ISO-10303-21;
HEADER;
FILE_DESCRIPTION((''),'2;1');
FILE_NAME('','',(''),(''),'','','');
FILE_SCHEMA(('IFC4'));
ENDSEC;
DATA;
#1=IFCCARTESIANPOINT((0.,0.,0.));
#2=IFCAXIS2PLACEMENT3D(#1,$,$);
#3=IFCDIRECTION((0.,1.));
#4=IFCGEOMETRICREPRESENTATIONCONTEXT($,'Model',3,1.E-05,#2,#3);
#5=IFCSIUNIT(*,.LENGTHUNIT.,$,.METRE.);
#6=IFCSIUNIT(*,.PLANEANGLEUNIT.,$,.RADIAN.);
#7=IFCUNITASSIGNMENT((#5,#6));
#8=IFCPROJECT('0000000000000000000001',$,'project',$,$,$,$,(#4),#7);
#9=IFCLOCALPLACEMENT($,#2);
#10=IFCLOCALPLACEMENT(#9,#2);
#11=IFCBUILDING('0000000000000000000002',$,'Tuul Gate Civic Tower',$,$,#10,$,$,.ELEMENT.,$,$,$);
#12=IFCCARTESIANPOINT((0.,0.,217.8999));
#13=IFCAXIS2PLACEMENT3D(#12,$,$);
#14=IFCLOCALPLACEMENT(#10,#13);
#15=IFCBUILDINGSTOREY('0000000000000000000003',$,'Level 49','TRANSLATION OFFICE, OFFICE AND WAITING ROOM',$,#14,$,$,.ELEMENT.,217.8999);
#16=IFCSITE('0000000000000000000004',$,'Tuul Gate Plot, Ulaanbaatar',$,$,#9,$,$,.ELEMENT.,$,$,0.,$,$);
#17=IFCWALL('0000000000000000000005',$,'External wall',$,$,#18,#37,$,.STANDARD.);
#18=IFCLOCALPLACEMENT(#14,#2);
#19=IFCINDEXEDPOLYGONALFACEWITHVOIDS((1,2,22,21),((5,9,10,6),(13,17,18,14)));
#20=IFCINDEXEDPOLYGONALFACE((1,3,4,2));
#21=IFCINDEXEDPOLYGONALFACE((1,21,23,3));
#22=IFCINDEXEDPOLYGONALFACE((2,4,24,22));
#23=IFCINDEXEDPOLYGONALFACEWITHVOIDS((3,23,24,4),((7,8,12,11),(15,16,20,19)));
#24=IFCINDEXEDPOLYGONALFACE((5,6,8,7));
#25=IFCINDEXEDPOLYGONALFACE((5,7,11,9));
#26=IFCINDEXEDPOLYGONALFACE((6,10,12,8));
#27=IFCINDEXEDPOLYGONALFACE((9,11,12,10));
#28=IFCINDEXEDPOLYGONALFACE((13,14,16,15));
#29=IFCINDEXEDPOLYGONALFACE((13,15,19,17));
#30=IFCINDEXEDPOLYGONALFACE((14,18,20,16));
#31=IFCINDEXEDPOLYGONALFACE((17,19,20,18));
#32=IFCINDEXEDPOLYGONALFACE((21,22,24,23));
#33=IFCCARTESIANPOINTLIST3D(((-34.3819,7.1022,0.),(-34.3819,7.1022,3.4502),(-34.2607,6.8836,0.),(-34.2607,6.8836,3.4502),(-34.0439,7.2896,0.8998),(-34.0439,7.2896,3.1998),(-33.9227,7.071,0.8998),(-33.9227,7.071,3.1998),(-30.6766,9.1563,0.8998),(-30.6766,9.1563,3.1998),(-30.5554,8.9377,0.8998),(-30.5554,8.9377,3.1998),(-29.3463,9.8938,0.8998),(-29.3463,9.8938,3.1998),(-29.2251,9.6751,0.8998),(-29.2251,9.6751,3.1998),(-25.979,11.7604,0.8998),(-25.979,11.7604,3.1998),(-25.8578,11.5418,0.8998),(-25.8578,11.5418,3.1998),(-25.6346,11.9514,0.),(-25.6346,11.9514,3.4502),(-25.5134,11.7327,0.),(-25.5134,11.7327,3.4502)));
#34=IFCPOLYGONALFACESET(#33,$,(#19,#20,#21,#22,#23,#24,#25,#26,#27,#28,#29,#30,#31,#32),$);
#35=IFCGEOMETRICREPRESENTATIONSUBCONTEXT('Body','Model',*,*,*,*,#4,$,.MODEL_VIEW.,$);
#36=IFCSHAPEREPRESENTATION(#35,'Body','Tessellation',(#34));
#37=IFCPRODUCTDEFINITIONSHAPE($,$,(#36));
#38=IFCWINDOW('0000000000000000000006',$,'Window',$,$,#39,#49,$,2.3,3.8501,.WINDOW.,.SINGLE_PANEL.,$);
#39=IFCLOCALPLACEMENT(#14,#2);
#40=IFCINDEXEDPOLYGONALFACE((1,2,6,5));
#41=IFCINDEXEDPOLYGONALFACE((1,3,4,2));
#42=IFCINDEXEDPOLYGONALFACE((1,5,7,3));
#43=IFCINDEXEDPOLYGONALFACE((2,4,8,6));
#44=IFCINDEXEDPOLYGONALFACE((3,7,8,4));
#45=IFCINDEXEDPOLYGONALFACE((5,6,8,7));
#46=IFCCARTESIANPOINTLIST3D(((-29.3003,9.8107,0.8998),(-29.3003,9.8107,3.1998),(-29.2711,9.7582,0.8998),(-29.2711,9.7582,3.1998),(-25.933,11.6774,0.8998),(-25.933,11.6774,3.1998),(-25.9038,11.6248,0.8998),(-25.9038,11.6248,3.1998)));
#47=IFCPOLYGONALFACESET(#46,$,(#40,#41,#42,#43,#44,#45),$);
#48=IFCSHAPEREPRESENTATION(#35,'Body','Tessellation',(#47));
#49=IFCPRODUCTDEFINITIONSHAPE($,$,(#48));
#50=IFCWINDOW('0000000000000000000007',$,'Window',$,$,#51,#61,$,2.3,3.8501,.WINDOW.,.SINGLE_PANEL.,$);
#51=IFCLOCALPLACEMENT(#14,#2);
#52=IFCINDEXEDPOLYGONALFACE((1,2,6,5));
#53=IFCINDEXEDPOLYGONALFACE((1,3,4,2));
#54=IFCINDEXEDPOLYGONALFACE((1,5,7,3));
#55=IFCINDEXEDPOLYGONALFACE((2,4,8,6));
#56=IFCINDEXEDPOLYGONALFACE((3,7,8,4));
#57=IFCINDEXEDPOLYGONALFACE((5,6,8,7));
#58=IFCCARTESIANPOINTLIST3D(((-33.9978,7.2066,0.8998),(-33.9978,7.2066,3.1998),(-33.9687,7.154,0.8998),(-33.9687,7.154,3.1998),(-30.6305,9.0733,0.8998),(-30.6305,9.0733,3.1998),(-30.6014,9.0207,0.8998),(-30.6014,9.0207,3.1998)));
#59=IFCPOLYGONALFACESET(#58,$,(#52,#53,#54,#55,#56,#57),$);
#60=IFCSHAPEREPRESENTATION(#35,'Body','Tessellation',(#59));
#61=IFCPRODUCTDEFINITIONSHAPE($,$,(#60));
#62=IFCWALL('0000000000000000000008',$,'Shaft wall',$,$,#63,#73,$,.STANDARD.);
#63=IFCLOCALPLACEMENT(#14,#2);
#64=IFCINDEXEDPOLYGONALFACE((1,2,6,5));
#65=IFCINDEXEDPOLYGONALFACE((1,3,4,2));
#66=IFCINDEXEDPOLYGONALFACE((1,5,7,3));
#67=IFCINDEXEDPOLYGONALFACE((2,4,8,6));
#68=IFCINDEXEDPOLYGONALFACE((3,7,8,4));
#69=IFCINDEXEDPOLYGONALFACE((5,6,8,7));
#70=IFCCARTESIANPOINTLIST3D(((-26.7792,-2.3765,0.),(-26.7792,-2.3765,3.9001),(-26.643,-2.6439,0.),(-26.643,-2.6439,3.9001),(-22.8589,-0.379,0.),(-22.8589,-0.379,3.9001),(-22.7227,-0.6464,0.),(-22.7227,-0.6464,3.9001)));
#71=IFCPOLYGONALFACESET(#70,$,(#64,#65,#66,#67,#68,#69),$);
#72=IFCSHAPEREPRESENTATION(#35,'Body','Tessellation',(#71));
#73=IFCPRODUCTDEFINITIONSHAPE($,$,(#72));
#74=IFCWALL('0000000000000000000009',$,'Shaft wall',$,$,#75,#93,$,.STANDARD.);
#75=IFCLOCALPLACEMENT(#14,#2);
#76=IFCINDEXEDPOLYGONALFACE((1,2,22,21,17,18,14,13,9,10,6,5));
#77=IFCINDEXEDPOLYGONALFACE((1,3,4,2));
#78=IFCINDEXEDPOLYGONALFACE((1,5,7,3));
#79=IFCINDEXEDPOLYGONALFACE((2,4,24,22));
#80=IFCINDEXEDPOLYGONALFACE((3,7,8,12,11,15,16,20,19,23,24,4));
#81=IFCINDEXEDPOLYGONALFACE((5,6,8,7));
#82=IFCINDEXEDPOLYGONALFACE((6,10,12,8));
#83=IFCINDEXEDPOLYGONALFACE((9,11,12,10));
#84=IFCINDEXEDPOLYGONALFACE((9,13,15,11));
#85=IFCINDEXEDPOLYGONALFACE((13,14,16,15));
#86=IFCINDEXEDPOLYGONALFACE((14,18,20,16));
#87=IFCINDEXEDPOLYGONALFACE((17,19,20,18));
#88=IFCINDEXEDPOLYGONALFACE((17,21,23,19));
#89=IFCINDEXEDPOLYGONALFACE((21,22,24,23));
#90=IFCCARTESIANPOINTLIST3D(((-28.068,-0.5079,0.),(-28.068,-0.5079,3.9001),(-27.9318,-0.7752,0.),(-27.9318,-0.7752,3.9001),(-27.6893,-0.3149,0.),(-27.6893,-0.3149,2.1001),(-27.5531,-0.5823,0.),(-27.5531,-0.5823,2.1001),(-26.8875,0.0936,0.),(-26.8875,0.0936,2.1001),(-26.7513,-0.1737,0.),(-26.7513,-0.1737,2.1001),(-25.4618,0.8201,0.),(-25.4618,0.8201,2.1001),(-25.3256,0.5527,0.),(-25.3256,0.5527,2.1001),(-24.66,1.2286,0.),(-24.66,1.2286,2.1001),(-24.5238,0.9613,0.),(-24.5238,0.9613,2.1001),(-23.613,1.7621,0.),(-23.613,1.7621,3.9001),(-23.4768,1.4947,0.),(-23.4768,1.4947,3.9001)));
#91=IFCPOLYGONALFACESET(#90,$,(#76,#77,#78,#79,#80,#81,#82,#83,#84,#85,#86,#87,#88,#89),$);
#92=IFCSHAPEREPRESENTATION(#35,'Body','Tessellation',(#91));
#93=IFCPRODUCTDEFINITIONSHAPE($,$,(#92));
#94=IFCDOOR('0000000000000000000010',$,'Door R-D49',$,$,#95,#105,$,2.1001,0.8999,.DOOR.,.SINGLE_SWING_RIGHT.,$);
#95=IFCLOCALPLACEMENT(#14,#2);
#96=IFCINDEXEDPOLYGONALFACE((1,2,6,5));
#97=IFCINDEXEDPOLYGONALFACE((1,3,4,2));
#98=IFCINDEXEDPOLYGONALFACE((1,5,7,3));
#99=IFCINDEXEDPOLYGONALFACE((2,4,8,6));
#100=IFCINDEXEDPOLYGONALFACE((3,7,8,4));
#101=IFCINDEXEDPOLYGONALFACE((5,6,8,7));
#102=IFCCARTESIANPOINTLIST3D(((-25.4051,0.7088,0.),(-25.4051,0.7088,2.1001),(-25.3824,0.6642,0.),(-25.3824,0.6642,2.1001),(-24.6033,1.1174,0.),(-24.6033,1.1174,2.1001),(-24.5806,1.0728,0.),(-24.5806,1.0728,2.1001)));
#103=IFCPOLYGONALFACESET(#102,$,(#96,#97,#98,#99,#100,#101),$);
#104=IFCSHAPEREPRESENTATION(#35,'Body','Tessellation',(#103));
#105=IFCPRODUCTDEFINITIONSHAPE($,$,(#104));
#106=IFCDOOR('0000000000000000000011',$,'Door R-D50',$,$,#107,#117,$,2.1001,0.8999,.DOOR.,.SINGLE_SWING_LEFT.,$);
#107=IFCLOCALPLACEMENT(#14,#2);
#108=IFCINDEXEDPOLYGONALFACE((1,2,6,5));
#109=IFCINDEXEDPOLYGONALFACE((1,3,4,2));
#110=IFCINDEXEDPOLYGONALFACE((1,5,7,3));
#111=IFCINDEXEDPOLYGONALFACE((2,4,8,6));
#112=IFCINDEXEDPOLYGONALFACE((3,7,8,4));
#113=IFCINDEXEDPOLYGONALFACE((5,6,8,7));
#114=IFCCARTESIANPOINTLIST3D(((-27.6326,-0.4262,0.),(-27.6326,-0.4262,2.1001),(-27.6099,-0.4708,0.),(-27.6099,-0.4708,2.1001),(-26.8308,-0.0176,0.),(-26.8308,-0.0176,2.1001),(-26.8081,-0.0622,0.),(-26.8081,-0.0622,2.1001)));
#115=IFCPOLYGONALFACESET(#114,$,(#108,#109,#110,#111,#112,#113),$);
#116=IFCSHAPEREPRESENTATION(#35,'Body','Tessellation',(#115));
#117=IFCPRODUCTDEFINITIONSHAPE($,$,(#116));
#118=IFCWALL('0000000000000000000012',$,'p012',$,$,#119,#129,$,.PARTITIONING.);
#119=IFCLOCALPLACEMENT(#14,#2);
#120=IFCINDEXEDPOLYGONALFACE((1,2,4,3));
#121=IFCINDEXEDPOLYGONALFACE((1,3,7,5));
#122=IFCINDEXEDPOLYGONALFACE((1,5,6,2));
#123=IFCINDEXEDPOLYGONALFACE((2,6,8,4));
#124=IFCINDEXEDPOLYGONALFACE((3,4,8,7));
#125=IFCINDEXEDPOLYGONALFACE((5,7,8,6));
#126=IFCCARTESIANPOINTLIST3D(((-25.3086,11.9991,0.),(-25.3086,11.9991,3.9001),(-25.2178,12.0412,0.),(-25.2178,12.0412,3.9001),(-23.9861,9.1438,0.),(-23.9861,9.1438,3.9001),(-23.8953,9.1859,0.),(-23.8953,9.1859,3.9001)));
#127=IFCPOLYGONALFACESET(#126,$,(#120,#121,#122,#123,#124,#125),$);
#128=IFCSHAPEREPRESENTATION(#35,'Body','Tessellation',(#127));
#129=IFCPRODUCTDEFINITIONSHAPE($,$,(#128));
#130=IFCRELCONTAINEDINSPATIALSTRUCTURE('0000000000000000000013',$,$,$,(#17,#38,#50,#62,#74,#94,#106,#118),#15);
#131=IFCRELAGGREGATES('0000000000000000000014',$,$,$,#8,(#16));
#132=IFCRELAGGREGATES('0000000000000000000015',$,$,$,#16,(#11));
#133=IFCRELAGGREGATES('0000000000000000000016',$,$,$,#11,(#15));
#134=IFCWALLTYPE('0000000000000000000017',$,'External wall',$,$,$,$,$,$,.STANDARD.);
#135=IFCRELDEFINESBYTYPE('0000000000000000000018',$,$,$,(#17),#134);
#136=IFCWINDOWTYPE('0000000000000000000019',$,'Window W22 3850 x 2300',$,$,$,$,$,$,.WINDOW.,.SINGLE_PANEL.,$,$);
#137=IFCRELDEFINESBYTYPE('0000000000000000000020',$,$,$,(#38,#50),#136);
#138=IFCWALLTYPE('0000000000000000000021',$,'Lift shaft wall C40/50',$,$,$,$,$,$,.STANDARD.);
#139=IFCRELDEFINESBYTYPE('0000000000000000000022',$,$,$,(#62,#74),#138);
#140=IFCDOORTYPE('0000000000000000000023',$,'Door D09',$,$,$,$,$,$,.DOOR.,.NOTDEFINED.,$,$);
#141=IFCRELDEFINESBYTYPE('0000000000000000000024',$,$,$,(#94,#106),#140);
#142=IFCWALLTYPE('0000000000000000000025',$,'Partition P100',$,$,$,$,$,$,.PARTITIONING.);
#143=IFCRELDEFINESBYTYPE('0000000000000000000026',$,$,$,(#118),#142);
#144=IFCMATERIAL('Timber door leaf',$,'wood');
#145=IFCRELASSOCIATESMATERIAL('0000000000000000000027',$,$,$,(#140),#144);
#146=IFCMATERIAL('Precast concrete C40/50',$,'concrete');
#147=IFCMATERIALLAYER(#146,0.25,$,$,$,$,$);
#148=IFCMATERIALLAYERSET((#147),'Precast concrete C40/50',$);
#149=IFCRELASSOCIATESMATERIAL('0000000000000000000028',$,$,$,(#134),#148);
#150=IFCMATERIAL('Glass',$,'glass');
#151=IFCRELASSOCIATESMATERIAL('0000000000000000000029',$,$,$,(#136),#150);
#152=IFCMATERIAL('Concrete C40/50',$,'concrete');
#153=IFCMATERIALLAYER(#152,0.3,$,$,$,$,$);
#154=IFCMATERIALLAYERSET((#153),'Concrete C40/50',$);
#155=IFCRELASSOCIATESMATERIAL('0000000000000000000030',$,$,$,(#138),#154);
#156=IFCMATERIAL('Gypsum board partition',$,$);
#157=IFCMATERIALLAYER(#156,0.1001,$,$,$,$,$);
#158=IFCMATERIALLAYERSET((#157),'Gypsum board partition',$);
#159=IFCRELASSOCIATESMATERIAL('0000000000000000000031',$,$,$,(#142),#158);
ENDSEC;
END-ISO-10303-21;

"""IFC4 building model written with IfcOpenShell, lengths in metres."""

from ifc_helpers import new_model, si_unit, direction, frame, frame_2d, origin, place, context, subcontext, project, spatial, rectangle, extrude, material, layer, layer_set, type_object, element, fill, save


model = new_model("IFC4")

# Units and contexts
model_context = context("Model", 3, precision=1e-05, world=origin(), true_north=direction((0.0, 1.0)))
body_context = subcontext(model_context, "Body", "Model", "MODEL_VIEW")
ifc_project = project(units=[si_unit("LENGTHUNIT", "METRE"), si_unit("PLANEANGLEUNIT", "RADIAN")], contexts=[model_context])

# Site, building, storey
site_placement = place(None, origin())
site = spatial("IfcSite", under=ifc_project, at=site_placement, Name="Tuul Gate Plot, Ulaanbaatar", CompositionType="ELEMENT", RefElevation=0.0)
building_placement = place(site_placement, origin())
building = spatial("IfcBuilding", under=site, at=building_placement, Name="Tuul Gate Civic Tower", CompositionType="ELEMENT")
storey_placement = place(building_placement, frame((0.0, 0.0, 217.8999)))
storey = spatial("IfcBuildingStorey", under=building, at=storey_placement, Name="Level 49", Description="TRANSLATION OFFICE, OFFICE AND WAITING ROOM", CompositionType="ELEMENT", Elevation=217.8999)

# Shared definitions
ifc_material_1 = material(Name="Timber door leaf", Category="wood")
door_type_1 = type_object("IfcDoorType", Name="Door D09", OperationType="NOTDEFINED", PredefinedType="DOOR", material=ifc_material_1)

# Wall, openings, windows
ifc_material_2 = material(Name="Precast concrete C40/50", Category="concrete")
ifc_layer_1 = layer(ifc_material_2, 0.25)
ifc_layer_set_1 = layer_set([ifc_layer_1], Name="Precast concrete C40/50")
wall_type_1 = type_object("IfcWallType", Name="External wall", PredefinedType="STANDARD", material=ifc_layer_set_1)
wall_1_placement = place(storey_placement, frame((-25.574, 11.842, 0.0), z_axis=(0.0, 0.0, 1.0), x_axis=(-0.874603, -0.484841, 0.0)))
wall_1 = element("IfcWall", 1, at=wall_1_placement, inside=storey, type_object=wall_type_1, Name="External wall", PredefinedType="STANDARD", context=body_context, shape_type="SweptSolid", body=[
    extrude(rectangle(XDim=10.0015, YDim=0.25, at=frame_2d((5.0007, 0.0))), origin(), (0.0, 0.0, 1.0), 3.4502),
])
opening_1_placement = place(wall_1_placement, frame((0.3938, 0.0, 0.8999)))
opening_1 = element("IfcOpeningElement", 2, at=opening_1_placement, cuts=wall_1, PredefinedType="OPENING", context=body_context, shape_type="SweptSolid", body=[
    extrude(rectangle(XDim=3.8501, YDim=2.3, at=frame_2d((1.925, 1.1499))), frame((0.0, 0.135, 0.0), z_axis=(0.0, -1.0, 0.0), x_axis=(1.0, 0.0, 0.0)), (0.0, 0.0, 1.0), 0.27),
])
opening_2_placement = place(wall_1_placement, frame((5.7649, 0.0, 0.8999)))
opening_2 = element("IfcOpeningElement", 3, at=opening_2_placement, cuts=wall_1, PredefinedType="OPENING", context=body_context, shape_type="SweptSolid", body=[
    extrude(rectangle(XDim=3.8501, YDim=2.3, at=frame_2d((1.925, 1.1499))), frame((0.0, 0.135, 0.0), z_axis=(0.0, -1.0, 0.0), x_axis=(1.0, 0.0, 0.0)), (0.0, 0.0, 1.0), 0.27),
])
ifc_material_3 = material(Name="Glass", Category="glass")
window_type = type_object("IfcWindowType", Name="Window W22 3850 x 2300", PartitioningType="SINGLE_PANEL", PredefinedType="WINDOW", material=ifc_material_3)
window_1_placement = place(opening_1_placement, origin())
window_1 = element("IfcWindow", 4, at=window_1_placement, inside=storey, type_object=window_type, Name="Window", OverallHeight=2.3, OverallWidth=3.8501, PartitioningType="SINGLE_PANEL", PredefinedType="WINDOW", context=body_context, shape_type="SweptSolid", body=[
    extrude(rectangle(XDim=3.8501, YDim=2.3, at=frame_2d((1.925, 1.1499))), frame((0.0, 0.03, 0.0), z_axis=(0.0, -1.0, 0.0), x_axis=(1.0, 0.0, 0.0)), (0.0, 0.0, 1.0), 0.0601),
])
fill(opening_1, window_1)
window_2_placement = place(opening_2_placement, origin())
window_2 = element("IfcWindow", 5, at=window_2_placement, inside=storey, type_object=window_type, Name="Window", OverallHeight=2.3, OverallWidth=3.8501, PartitioningType="SINGLE_PANEL", PredefinedType="WINDOW", context=body_context, shape_type="SweptSolid", body=[
    extrude(rectangle(XDim=3.8501, YDim=2.3, at=frame_2d((1.925, 1.1499))), frame((0.0, 0.03, 0.0), z_axis=(0.0, -1.0, 0.0), x_axis=(1.0, 0.0, 0.0)), (0.0, 0.0, 1.0), 0.0601),
])
fill(opening_2, window_2)

# Wall
ifc_material_4 = material(Name="Concrete C40/50", Category="concrete")
ifc_layer_2 = layer(ifc_material_4, 0.3)
ifc_layer_set_2 = layer_set([ifc_layer_2], Name="Concrete C40/50")
wall_type_2 = type_object("IfcWallType", Name="Lift shaft wall C40/50", PredefinedType="STANDARD", material=ifc_layer_set_2)
wall_2_placement = place(storey_placement, frame((-22.7908, -0.5127, 0.0), z_axis=(0.0, 0.0, 1.0), x_axis=(-0.891006, -0.453992, 0.0)))
element("IfcWall", 6, at=wall_2_placement, inside=storey, type_object=wall_type_2, Name="Shaft wall", PredefinedType="STANDARD", context=body_context, shape_type="SweptSolid", body=[
    extrude(rectangle(XDim=4.3999, YDim=0.3, at=frame_2d((2.2, 0.0))), origin(), (0.0, 0.0, 1.0), 3.9001),
])

# Wall, openings, doors
wall_3_placement = place(storey_placement, frame((-23.5449, 1.6284, 0.0), z_axis=(0.0, 0.0, 1.0), x_axis=(-0.891003, -0.453997, 0.0)))
wall_3 = element("IfcWall", 7, at=wall_3_placement, inside=storey, type_object=wall_type_2, Name="Shaft wall", PredefinedType="STANDARD", context=body_context, shape_type="SweptSolid", body=[
    extrude(rectangle(XDim=5.0, YDim=0.3, at=frame_2d((2.5, 0.0))), origin(), (0.0, 0.0, 1.0), 3.9001),
])
opening_3_placement = place(wall_3_placement, frame((1.175, 0.0, 0.0)))
opening_3 = element("IfcOpeningElement", 8, at=opening_3_placement, cuts=wall_3, PredefinedType="OPENING", context=body_context, shape_type="SweptSolid", body=[
    extrude(rectangle(XDim=0.8999, YDim=2.1001, at=frame_2d((0.45, 1.05))), frame((0.0, 0.1602, 0.0), z_axis=(0.0, -1.0, 0.0), x_axis=(1.0, 0.0, 0.0)), (0.0, 0.0, 1.0), 0.3201),
])
opening_4_placement = place(wall_3_placement, frame((3.675, 0.0, 0.0)))
opening_4 = element("IfcOpeningElement", 9, at=opening_4_placement, cuts=wall_3, PredefinedType="OPENING", context=body_context, shape_type="SweptSolid", body=[
    extrude(rectangle(XDim=0.8999, YDim=2.1001, at=frame_2d((0.45, 1.05))), frame((0.0, 0.1602, 0.0), z_axis=(0.0, -1.0, 0.0), x_axis=(1.0, 0.0, 0.0)), (0.0, 0.0, 1.0), 0.3201),
])
door_1_placement = place(opening_3_placement, origin())
door_1 = element("IfcDoor", 10, at=door_1_placement, inside=storey, type_object=door_type_1, Name="Door R-D49", OperationType="SINGLE_SWING_RIGHT", OverallHeight=2.1001, OverallWidth=0.8999, PredefinedType="DOOR", context=body_context, shape_type="SweptSolid", body=[
    extrude(rectangle(XDim=0.8999, YDim=2.1001, at=frame_2d((0.45, 1.05))), frame((0.0, 0.0249, 0.0), z_axis=(0.0, -1.0, 0.0), x_axis=(1.0, 0.0, 0.0)), (0.0, 0.0, 1.0), 0.05),
])
fill(opening_3, door_1)
door_2_placement = place(opening_4_placement, origin())
door_2 = element("IfcDoor", 11, at=door_2_placement, inside=storey, type_object=door_type_1, Name="Door R-D50", OperationType="SINGLE_SWING_LEFT", OverallHeight=2.1001, OverallWidth=0.8999, PredefinedType="DOOR", context=body_context, shape_type="SweptSolid", body=[
    extrude(rectangle(XDim=0.8999, YDim=2.1001, at=frame_2d((0.45, 1.05))), frame((0.0, 0.0249, 0.0), z_axis=(0.0, -1.0, 0.0), x_axis=(1.0, 0.0, 0.0)), (0.0, 0.0, 1.0), 0.05),
])
fill(opening_4, door_2)

# Wall
ifc_material_5 = material(Name="Gypsum board partition")
ifc_layer_3 = layer(ifc_material_5, 0.1001)
ifc_layer_set_3 = layer_set([ifc_layer_3], Name="Gypsum board partition")
wall_type_3 = type_object("IfcWallType", Name="Partition P100", PredefinedType="PARTITIONING", material=ifc_layer_set_3)
wall_4_placement = place(storey_placement, frame((-25.2632, 12.02, 0.0), z_axis=(0.0, 0.0, 1.0), x_axis=(0.420293, -0.907389, 0.0)))
element("IfcWall", 12, at=wall_4_placement, inside=storey, type_object=wall_type_3, Name="p012", PredefinedType="PARTITIONING", context=body_context, shape_type="SweptSolid", body=[
    extrude(rectangle(XDim=3.1467, YDim=0.1001, at=frame_2d((1.5732, 0.0))), origin(), (0.0, 0.0, 1.0), 3.9001),
])

save(model, "model.ifc")
